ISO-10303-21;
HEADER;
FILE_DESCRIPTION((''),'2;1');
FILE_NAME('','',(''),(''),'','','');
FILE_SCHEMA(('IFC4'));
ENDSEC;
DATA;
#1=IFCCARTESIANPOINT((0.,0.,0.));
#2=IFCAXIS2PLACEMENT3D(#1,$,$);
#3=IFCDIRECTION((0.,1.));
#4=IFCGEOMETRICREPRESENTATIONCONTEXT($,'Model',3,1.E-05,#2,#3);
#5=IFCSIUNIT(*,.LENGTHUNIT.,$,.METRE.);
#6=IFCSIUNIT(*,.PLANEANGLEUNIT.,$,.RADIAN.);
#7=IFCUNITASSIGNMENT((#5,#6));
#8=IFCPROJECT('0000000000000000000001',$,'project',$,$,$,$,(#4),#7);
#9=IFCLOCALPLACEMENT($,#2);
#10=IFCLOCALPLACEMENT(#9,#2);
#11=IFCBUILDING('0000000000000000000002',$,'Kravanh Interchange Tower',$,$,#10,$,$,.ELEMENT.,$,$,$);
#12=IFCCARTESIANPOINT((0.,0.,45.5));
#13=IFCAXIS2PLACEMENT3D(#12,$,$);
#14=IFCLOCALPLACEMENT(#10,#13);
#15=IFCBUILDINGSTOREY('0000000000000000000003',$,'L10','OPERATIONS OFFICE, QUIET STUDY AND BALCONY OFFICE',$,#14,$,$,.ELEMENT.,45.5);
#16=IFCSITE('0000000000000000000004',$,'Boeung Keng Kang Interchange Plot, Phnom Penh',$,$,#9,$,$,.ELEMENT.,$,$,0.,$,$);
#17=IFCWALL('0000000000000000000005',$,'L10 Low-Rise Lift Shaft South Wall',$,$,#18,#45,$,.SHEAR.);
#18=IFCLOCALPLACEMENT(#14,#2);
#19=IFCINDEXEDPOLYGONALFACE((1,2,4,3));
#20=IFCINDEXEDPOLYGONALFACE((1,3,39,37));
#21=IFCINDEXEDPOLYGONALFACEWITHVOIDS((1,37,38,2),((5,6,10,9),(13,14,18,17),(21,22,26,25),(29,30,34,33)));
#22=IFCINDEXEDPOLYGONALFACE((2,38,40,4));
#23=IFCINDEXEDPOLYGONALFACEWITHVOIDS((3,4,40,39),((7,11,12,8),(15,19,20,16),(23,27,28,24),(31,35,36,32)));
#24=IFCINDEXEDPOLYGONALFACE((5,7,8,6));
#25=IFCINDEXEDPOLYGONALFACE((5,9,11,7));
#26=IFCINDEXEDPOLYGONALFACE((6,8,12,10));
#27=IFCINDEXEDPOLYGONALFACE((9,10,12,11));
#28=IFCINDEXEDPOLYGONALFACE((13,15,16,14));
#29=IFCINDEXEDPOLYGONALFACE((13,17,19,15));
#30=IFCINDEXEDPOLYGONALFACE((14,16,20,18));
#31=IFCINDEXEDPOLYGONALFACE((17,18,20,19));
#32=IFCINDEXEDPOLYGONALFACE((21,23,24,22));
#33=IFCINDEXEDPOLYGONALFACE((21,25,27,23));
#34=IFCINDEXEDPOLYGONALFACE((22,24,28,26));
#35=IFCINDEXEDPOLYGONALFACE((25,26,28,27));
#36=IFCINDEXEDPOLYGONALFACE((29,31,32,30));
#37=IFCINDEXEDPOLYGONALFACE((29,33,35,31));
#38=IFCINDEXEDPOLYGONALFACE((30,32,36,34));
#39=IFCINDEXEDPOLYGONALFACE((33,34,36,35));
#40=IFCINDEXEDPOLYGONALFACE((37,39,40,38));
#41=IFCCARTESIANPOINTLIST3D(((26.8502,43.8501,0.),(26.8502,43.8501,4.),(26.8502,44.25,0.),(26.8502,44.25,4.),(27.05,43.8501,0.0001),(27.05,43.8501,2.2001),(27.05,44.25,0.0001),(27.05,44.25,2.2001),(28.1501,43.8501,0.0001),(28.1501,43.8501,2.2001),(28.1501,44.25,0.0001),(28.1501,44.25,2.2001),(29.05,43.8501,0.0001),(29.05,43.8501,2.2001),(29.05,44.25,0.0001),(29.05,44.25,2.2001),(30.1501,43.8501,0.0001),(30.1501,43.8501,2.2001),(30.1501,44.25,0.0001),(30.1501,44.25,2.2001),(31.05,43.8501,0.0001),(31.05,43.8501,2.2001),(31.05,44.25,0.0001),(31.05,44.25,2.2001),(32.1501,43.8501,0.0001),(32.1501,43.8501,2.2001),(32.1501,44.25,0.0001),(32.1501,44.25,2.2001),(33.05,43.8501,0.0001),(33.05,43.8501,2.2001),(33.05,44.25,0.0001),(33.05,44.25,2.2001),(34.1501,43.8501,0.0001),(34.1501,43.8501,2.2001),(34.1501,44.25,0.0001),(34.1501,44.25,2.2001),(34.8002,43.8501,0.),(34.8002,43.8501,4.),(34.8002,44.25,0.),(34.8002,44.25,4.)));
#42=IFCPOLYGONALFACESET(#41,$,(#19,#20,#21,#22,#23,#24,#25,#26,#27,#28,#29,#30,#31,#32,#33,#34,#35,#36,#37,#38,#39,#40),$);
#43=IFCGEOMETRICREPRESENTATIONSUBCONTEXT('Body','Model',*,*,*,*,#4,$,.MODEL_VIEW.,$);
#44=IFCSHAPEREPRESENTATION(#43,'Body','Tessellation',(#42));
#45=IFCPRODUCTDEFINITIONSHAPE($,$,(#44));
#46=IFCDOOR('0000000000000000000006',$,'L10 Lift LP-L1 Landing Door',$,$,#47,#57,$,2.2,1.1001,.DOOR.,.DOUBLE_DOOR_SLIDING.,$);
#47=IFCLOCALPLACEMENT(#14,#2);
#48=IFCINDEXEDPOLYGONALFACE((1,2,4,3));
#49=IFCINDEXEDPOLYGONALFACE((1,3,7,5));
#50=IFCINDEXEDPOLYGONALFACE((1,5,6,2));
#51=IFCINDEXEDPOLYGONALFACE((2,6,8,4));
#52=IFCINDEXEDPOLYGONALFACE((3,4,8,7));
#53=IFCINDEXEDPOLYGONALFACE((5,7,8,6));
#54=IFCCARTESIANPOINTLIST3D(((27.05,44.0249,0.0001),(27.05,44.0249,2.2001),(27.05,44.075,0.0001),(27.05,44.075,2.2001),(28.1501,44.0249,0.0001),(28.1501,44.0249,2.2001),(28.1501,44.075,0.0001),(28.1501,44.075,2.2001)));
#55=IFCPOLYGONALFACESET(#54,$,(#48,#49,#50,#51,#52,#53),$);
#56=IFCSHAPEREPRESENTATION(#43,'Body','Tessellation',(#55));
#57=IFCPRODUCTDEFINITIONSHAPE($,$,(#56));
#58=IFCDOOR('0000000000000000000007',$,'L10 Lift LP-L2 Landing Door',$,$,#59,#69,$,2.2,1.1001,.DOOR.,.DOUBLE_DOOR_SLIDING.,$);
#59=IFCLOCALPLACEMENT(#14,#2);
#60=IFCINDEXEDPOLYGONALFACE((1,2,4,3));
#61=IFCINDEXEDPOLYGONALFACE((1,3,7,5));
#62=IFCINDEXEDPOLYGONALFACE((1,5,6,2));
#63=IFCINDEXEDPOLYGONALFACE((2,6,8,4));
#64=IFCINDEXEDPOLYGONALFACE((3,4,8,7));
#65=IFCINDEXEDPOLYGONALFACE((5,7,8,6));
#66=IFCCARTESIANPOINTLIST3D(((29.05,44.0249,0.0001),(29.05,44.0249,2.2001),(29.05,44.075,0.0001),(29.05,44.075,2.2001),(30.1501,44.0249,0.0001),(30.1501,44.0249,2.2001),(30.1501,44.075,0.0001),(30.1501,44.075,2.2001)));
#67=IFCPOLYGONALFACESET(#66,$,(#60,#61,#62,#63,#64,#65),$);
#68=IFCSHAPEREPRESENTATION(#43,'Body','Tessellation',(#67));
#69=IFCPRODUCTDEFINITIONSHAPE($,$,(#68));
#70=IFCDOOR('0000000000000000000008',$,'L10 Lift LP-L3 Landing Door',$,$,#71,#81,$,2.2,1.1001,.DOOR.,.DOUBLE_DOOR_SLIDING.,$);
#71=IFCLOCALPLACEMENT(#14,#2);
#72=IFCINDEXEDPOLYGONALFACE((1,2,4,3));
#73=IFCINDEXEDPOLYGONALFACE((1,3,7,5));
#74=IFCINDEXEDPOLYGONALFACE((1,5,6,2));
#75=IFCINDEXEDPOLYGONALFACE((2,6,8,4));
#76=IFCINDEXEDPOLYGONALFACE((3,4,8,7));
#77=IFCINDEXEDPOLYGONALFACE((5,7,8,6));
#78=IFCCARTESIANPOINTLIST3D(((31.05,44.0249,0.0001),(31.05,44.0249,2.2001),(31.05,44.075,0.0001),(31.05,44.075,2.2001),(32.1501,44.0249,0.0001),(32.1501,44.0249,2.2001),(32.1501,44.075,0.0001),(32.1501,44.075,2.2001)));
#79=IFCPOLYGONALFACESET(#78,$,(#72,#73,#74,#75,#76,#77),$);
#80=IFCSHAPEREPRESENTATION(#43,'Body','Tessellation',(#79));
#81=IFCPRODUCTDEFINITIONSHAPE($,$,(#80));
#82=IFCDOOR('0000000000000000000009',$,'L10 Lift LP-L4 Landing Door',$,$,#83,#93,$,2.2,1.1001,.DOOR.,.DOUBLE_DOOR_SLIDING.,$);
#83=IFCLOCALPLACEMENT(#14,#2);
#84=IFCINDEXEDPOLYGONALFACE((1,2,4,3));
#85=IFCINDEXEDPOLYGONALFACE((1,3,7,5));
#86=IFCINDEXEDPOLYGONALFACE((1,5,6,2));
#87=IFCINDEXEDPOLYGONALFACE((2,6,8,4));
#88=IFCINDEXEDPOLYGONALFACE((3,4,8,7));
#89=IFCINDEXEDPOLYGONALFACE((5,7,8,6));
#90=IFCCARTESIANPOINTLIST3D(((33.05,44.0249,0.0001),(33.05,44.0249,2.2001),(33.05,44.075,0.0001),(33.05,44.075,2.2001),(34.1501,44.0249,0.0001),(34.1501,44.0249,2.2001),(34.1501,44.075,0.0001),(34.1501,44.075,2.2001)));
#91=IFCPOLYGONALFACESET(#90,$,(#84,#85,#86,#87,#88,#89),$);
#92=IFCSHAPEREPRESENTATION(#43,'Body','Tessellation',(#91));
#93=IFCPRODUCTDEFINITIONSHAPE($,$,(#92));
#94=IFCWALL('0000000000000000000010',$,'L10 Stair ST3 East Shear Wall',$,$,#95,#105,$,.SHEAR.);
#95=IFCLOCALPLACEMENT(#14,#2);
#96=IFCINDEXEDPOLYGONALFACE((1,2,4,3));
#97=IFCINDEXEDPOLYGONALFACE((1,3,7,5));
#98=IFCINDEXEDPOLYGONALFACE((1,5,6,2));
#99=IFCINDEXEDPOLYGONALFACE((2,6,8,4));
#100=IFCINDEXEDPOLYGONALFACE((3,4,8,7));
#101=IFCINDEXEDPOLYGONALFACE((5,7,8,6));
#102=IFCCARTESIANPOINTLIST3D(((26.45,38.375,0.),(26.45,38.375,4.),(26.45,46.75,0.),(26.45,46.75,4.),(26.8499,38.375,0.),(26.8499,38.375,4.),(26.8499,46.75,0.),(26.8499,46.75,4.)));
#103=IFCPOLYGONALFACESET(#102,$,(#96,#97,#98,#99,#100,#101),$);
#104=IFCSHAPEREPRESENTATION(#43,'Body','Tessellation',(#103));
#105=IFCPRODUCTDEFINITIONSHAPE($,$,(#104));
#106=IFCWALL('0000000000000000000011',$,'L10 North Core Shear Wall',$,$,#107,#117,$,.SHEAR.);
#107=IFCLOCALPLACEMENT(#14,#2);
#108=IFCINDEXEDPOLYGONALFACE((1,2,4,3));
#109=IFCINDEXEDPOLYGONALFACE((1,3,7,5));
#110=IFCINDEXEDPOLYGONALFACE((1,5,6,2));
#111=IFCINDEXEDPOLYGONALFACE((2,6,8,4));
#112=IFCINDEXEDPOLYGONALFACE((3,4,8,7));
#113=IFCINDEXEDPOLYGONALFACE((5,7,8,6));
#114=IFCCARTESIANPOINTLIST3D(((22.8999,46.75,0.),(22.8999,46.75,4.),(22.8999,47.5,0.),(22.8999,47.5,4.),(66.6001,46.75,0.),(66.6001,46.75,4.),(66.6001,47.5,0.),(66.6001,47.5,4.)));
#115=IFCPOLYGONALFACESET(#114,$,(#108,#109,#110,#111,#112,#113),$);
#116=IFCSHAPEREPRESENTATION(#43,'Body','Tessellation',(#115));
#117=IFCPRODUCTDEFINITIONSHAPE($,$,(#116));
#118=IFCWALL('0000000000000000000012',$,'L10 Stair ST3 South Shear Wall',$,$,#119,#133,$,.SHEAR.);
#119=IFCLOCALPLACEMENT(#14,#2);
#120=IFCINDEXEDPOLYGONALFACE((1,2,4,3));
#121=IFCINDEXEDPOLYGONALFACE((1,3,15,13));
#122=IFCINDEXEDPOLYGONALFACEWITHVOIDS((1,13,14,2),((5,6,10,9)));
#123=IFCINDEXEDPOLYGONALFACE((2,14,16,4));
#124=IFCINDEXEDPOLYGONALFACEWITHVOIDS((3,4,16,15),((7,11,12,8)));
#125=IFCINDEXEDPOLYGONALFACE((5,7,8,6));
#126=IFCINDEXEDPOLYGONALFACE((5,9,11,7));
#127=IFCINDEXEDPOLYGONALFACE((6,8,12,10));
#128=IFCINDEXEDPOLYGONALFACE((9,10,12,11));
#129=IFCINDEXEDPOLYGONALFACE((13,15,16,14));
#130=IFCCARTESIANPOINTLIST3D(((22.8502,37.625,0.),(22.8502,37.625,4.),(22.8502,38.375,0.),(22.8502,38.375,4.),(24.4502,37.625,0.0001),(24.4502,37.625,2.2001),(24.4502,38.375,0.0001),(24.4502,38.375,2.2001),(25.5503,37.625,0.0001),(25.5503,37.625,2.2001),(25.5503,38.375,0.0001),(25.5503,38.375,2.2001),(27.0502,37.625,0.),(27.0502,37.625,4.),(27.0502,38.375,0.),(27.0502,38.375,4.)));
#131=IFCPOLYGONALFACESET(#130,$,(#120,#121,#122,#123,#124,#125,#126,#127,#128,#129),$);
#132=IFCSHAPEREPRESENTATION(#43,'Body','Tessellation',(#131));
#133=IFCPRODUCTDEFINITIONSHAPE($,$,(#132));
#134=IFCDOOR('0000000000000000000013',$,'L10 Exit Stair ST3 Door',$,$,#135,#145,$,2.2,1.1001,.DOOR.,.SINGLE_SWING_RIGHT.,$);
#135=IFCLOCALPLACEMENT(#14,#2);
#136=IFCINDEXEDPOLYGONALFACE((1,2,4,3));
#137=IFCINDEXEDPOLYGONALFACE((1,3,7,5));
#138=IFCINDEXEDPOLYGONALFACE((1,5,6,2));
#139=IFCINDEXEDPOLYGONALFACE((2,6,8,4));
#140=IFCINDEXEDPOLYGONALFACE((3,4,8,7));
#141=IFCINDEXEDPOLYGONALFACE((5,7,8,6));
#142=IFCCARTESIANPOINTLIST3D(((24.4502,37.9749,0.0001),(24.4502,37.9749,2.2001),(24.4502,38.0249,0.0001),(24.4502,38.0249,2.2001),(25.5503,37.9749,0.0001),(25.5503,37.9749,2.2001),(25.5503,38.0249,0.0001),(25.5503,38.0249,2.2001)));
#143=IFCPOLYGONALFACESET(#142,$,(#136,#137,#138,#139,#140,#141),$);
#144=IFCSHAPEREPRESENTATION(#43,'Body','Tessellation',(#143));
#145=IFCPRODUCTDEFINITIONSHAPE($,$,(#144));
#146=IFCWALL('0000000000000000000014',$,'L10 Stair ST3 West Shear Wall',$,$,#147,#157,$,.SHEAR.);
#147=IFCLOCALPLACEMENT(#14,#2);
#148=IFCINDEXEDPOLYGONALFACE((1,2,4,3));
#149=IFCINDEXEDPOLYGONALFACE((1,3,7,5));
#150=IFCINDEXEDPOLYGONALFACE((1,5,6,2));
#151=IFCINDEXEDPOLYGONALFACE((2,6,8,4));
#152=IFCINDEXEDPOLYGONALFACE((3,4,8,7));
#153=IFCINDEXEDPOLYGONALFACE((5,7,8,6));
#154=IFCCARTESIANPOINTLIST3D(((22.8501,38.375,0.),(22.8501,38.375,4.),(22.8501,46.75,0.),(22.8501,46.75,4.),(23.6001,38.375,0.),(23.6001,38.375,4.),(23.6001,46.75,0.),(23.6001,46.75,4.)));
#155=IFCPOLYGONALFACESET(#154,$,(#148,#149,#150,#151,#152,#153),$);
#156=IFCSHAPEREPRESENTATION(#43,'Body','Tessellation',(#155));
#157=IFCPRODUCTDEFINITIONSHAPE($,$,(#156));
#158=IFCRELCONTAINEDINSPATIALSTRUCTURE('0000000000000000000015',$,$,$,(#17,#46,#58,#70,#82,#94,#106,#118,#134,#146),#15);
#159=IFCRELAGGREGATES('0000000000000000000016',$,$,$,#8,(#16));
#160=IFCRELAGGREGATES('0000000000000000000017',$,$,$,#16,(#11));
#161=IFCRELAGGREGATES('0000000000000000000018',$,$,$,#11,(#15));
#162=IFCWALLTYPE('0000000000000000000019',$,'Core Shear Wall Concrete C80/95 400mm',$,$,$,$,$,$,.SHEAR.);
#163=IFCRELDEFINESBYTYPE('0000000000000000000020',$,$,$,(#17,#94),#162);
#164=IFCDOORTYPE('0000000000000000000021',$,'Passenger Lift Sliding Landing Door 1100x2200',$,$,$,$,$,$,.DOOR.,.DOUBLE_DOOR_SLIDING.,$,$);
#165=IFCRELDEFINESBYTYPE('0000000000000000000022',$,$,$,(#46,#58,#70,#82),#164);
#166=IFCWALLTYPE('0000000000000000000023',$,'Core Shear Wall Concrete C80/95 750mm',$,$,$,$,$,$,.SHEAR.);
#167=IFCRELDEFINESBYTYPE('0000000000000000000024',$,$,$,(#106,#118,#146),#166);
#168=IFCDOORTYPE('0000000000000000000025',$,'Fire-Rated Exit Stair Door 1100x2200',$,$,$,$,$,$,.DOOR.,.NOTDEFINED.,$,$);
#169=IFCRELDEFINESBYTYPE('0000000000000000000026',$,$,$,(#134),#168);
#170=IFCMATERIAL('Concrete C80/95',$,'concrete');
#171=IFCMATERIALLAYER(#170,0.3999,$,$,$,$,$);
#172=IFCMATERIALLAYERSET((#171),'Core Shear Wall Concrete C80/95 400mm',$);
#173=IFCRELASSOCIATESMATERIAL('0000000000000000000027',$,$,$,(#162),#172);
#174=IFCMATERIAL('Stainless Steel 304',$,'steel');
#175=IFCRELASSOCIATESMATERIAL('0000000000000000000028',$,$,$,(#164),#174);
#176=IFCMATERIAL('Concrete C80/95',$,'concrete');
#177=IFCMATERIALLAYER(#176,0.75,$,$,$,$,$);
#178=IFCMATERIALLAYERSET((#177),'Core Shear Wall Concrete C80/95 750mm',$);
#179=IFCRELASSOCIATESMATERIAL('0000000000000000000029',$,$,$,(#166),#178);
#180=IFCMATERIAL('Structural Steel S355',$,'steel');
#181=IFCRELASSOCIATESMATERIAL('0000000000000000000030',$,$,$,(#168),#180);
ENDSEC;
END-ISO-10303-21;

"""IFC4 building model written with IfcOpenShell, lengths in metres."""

from ifc_helpers import new_model, si_unit, direction, frame, frame_2d, origin, place, context, subcontext, project, spatial, rectangle, extrude, material, layer, layer_set, type_object, element, fill, save


model = new_model("IFC4")

# Units and contexts
model_context = context("Model", 3, precision=1e-05, world=origin(), true_north=direction((0.0, 1.0)))
body_context = subcontext(model_context, "Body", "Model", "MODEL_VIEW")
ifc_project = project(units=[si_unit("LENGTHUNIT", "METRE"), si_unit("PLANEANGLEUNIT", "RADIAN")], contexts=[model_context])

# Site, building, storey
site_placement = place(None, origin())
site = spatial("IfcSite", under=ifc_project, at=site_placement, Name="Boeung Keng Kang Interchange Plot, Phnom Penh", CompositionType="ELEMENT", RefElevation=0.0)
building_placement = place(site_placement, origin())
building = spatial("IfcBuilding", under=site, at=building_placement, Name="Kravanh Interchange Tower", CompositionType="ELEMENT")
storey_placement = place(building_placement, frame((0.0, 0.0, 45.5)))
storey = spatial("IfcBuildingStorey", under=building, at=storey_placement, Name="L10", Description="OPERATIONS OFFICE, QUIET STUDY AND BALCONY OFFICE", CompositionType="ELEMENT", Elevation=45.5)

# Wall, openings, doors
ifc_material_1 = material(Name="Concrete C80/95", Category="concrete")
ifc_layer_1 = layer(ifc_material_1, 0.3999)
ifc_layer_set_1 = layer_set([ifc_layer_1], Name="Core Shear Wall Concrete C80/95 400mm")
wall_type_1 = type_object("IfcWallType", Name="Core Shear Wall Concrete C80/95 400mm", PredefinedType="SHEAR", material=ifc_layer_set_1)
wall_1_placement = place(storey_placement, frame((26.8501, 44.05, 0.0), z_axis=(0.0, 0.0, 1.0), x_axis=(1.0, 0.0, 0.0)))
wall_1 = element("IfcWall", 1, at=wall_1_placement, inside=storey, type_object=wall_type_1, Name="L10 Low-Rise Lift Shaft South Wall", PredefinedType="SHEAR", context=body_context, shape_type="SweptSolid", body=[
    extrude(rectangle(XDim=7.95, YDim=0.3999, at=frame_2d((3.9751, 0.0))), origin(), (0.0, 0.0, 1.0), 4.0),
])
opening_1_placement = place(wall_1_placement, frame((0.2, 0.0, 0.0)))
opening_1 = element("IfcOpeningElement", 2, at=opening_1_placement, cuts=wall_1, PredefinedType="OPENING", context=body_context, shape_type="SweptSolid", body=[
    extrude(rectangle(XDim=1.1001, YDim=2.2, at=frame_2d((0.55, 1.1001))), frame((0.0, 0.21, 0.0), z_axis=(0.0, -1.0, 0.0), x_axis=(1.0, 0.0, 0.0)), (0.0, 0.0, 1.0), 0.4199),
])
opening_2_placement = place(wall_1_placement, frame((2.2, 0.0, 0.0)))
opening_2 = element("IfcOpeningElement", 3, at=opening_2_placement, cuts=wall_1, PredefinedType="OPENING", context=body_context, shape_type="SweptSolid", body=[
    extrude(rectangle(XDim=1.1001, YDim=2.2, at=frame_2d((0.55, 1.1001))), frame((0.0, 0.21, 0.0), z_axis=(0.0, -1.0, 0.0), x_axis=(1.0, 0.0, 0.0)), (0.0, 0.0, 1.0), 0.4199),
])
opening_3_placement = place(wall_1_placement, frame((4.2, 0.0, 0.0)))
opening_3 = element("IfcOpeningElement", 4, at=opening_3_placement, cuts=wall_1, PredefinedType="OPENING", context=body_context, shape_type="SweptSolid", body=[
    extrude(rectangle(XDim=1.1001, YDim=2.2, at=frame_2d((0.55, 1.1001))), frame((0.0, 0.21, 0.0), z_axis=(0.0, -1.0, 0.0), x_axis=(1.0, 0.0, 0.0)), (0.0, 0.0, 1.0), 0.4199),
])
opening_4_placement = place(wall_1_placement, frame((6.2, 0.0, 0.0)))
opening_4 = element("IfcOpeningElement", 5, at=opening_4_placement, cuts=wall_1, PredefinedType="OPENING", context=body_context, shape_type="SweptSolid", body=[
    extrude(rectangle(XDim=1.1001, YDim=2.2, at=frame_2d((0.55, 1.1001))), frame((0.0, 0.21, 0.0), z_axis=(0.0, -1.0, 0.0), x_axis=(1.0, 0.0, 0.0)), (0.0, 0.0, 1.0), 0.4199),
])
ifc_material_2 = material(Name="Stainless Steel 304", Category="steel")
door_type_1 = type_object("IfcDoorType", Name="Passenger Lift Sliding Landing Door 1100x2200", OperationType="DOUBLE_DOOR_SLIDING", PredefinedType="DOOR", material=ifc_material_2)
door_1_placement = place(opening_1_placement, origin())
door_1 = element("IfcDoor", 6, at=door_1_placement, inside=storey, type_object=door_type_1, Name="L10 Lift LP-L1 Landing Door", OperationType="DOUBLE_DOOR_SLIDING", OverallHeight=2.2, OverallWidth=1.1001, PredefinedType="DOOR", context=body_context, shape_type="SweptSolid", body=[
    extrude(rectangle(XDim=1.1001, YDim=2.2, at=frame_2d((0.55, 1.1001))), frame((0.0, 0.0249, 0.0), z_axis=(0.0, -1.0, 0.0), x_axis=(1.0, 0.0, 0.0)), (0.0, 0.0, 1.0), 0.05),
])
fill(opening_1, door_1)
door_2_placement = place(opening_2_placement, origin())
door_2 = element("IfcDoor", 7, at=door_2_placement, inside=storey, type_object=door_type_1, Name="L10 Lift LP-L2 Landing Door", OperationType="DOUBLE_DOOR_SLIDING", OverallHeight=2.2, OverallWidth=1.1001, PredefinedType="DOOR", context=body_context, shape_type="SweptSolid", body=[
    extrude(rectangle(XDim=1.1001, YDim=2.2, at=frame_2d((0.55, 1.1001))), frame((0.0, 0.0249, 0.0), z_axis=(0.0, -1.0, 0.0), x_axis=(1.0, 0.0, 0.0)), (0.0, 0.0, 1.0), 0.05),
])
fill(opening_2, door_2)
door_3_placement = place(opening_3_placement, origin())
door_3 = element("IfcDoor", 8, at=door_3_placement, inside=storey, type_object=door_type_1, Name="L10 Lift LP-L3 Landing Door", OperationType="DOUBLE_DOOR_SLIDING", OverallHeight=2.2, OverallWidth=1.1001, PredefinedType="DOOR", context=body_context, shape_type="SweptSolid", body=[
    extrude(rectangle(XDim=1.1001, YDim=2.2, at=frame_2d((0.55, 1.1001))), frame((0.0, 0.0249, 0.0), z_axis=(0.0, -1.0, 0.0), x_axis=(1.0, 0.0, 0.0)), (0.0, 0.0, 1.0), 0.05),
])
fill(opening_3, door_3)
door_4_placement = place(opening_4_placement, origin())
door_4 = element("IfcDoor", 9, at=door_4_placement, inside=storey, type_object=door_type_1, Name="L10 Lift LP-L4 Landing Door", OperationType="DOUBLE_DOOR_SLIDING", OverallHeight=2.2, OverallWidth=1.1001, PredefinedType="DOOR", context=body_context, shape_type="SweptSolid", body=[
    extrude(rectangle(XDim=1.1001, YDim=2.2, at=frame_2d((0.55, 1.1001))), frame((0.0, 0.0249, 0.0), z_axis=(0.0, -1.0, 0.0), x_axis=(1.0, 0.0, 0.0)), (0.0, 0.0, 1.0), 0.05),
])
fill(opening_4, door_4)

# Walls
wall_2_placement = place(storey_placement, frame((26.6499, 38.375, 0.0), z_axis=(0.0, 0.0, 1.0), x_axis=(0.0, 1.0, 0.0)))
element("IfcWall", 10, at=wall_2_placement, inside=storey, type_object=wall_type_1, Name="L10 Stair ST3 East Shear Wall", PredefinedType="SHEAR", context=body_context, shape_type="SweptSolid", body=[
    extrude(rectangle(XDim=8.375, YDim=0.3999, at=frame_2d((4.1875, 0.0))), origin(), (0.0, 0.0, 1.0), 4.0),
])
ifc_material_3 = material(Name="Concrete C80/95", Category="concrete")
ifc_layer_2 = layer(ifc_material_3, 0.75)
ifc_layer_set_2 = layer_set([ifc_layer_2], Name="Core Shear Wall Concrete C80/95 750mm")
wall_type_2 = type_object("IfcWallType", Name="Core Shear Wall Concrete C80/95 750mm", PredefinedType="SHEAR", material=ifc_layer_set_2)
wall_3_placement = place(storey_placement, frame((22.8999, 47.125, 0.0), z_axis=(0.0, 0.0, 1.0), x_axis=(1.0, 0.0, 0.0)))
element("IfcWall", 11, at=wall_3_placement, inside=storey, type_object=wall_type_2, Name="L10 North Core Shear Wall", PredefinedType="SHEAR", context=body_context, shape_type="SweptSolid", body=[
    extrude(rectangle(XDim=43.7002, YDim=0.75, at=frame_2d((21.8501, 0.0))), origin(), (0.0, 0.0, 1.0), 4.0),
])

# Wall, opening, door
wall_4_placement = place(storey_placement, frame((22.8501, 38.0, 0.0), z_axis=(0.0, 0.0, 1.0), x_axis=(1.0, 0.0, 0.0)))
wall_4 = element("IfcWall", 12, at=wall_4_placement, inside=storey, type_object=wall_type_2, Name="L10 Stair ST3 South Shear Wall", PredefinedType="SHEAR", context=body_context, shape_type="SweptSolid", body=[
    extrude(rectangle(XDim=4.2, YDim=0.75, at=frame_2d((2.1001, 0.0))), origin(), (0.0, 0.0, 1.0), 4.0),
])
opening_5_placement = place(wall_4_placement, frame((1.6001, 0.0, 0.0)))
opening_5 = element("IfcOpeningElement", 13, at=opening_5_placement, cuts=wall_4, PredefinedType="OPENING", context=body_context, shape_type="SweptSolid", body=[
    extrude(rectangle(XDim=1.1001, YDim=2.2, at=frame_2d((0.55, 1.1001))), frame((0.0, 0.385, 0.0), z_axis=(0.0, -1.0, 0.0), x_axis=(1.0, 0.0, 0.0)), (0.0, 0.0, 1.0), 0.77),
])
ifc_material_4 = material(Name="Structural Steel S355", Category="steel")
door_type_2 = type_object("IfcDoorType", Name="Fire-Rated Exit Stair Door 1100x2200", OperationType="NOTDEFINED", PredefinedType="DOOR", material=ifc_material_4)
door_5_placement = place(opening_5_placement, origin())
door_5 = element("IfcDoor", 14, at=door_5_placement, inside=storey, type_object=door_type_2, Name="L10 Exit Stair ST3 Door", OperationType="SINGLE_SWING_RIGHT", OverallHeight=2.2, OverallWidth=1.1001, PredefinedType="DOOR", context=body_context, shape_type="SweptSolid", body=[
    extrude(rectangle(XDim=1.1001, YDim=2.2, at=frame_2d((0.55, 1.1001))), frame((0.0, 0.0249, 0.0), z_axis=(0.0, -1.0, 0.0), x_axis=(1.0, 0.0, 0.0)), (0.0, 0.0, 1.0), 0.05),
])
fill(opening_5, door_5)

# Wall
wall_5_placement = place(storey_placement, frame((23.2251, 38.375, 0.0), z_axis=(0.0, 0.0, 1.0), x_axis=(0.0, 1.0, 0.0)))
element("IfcWall", 15, at=wall_5_placement, inside=storey, type_object=wall_type_2, Name="L10 Stair ST3 West Shear Wall", PredefinedType="SHEAR", context=body_context, shape_type="SweptSolid", body=[
    extrude(rectangle(XDim=8.375, YDim=0.75, at=frame_2d((4.1875, 0.0))), origin(), (0.0, 0.0, 1.0), 4.0),
])

save(model, "model.ifc")
